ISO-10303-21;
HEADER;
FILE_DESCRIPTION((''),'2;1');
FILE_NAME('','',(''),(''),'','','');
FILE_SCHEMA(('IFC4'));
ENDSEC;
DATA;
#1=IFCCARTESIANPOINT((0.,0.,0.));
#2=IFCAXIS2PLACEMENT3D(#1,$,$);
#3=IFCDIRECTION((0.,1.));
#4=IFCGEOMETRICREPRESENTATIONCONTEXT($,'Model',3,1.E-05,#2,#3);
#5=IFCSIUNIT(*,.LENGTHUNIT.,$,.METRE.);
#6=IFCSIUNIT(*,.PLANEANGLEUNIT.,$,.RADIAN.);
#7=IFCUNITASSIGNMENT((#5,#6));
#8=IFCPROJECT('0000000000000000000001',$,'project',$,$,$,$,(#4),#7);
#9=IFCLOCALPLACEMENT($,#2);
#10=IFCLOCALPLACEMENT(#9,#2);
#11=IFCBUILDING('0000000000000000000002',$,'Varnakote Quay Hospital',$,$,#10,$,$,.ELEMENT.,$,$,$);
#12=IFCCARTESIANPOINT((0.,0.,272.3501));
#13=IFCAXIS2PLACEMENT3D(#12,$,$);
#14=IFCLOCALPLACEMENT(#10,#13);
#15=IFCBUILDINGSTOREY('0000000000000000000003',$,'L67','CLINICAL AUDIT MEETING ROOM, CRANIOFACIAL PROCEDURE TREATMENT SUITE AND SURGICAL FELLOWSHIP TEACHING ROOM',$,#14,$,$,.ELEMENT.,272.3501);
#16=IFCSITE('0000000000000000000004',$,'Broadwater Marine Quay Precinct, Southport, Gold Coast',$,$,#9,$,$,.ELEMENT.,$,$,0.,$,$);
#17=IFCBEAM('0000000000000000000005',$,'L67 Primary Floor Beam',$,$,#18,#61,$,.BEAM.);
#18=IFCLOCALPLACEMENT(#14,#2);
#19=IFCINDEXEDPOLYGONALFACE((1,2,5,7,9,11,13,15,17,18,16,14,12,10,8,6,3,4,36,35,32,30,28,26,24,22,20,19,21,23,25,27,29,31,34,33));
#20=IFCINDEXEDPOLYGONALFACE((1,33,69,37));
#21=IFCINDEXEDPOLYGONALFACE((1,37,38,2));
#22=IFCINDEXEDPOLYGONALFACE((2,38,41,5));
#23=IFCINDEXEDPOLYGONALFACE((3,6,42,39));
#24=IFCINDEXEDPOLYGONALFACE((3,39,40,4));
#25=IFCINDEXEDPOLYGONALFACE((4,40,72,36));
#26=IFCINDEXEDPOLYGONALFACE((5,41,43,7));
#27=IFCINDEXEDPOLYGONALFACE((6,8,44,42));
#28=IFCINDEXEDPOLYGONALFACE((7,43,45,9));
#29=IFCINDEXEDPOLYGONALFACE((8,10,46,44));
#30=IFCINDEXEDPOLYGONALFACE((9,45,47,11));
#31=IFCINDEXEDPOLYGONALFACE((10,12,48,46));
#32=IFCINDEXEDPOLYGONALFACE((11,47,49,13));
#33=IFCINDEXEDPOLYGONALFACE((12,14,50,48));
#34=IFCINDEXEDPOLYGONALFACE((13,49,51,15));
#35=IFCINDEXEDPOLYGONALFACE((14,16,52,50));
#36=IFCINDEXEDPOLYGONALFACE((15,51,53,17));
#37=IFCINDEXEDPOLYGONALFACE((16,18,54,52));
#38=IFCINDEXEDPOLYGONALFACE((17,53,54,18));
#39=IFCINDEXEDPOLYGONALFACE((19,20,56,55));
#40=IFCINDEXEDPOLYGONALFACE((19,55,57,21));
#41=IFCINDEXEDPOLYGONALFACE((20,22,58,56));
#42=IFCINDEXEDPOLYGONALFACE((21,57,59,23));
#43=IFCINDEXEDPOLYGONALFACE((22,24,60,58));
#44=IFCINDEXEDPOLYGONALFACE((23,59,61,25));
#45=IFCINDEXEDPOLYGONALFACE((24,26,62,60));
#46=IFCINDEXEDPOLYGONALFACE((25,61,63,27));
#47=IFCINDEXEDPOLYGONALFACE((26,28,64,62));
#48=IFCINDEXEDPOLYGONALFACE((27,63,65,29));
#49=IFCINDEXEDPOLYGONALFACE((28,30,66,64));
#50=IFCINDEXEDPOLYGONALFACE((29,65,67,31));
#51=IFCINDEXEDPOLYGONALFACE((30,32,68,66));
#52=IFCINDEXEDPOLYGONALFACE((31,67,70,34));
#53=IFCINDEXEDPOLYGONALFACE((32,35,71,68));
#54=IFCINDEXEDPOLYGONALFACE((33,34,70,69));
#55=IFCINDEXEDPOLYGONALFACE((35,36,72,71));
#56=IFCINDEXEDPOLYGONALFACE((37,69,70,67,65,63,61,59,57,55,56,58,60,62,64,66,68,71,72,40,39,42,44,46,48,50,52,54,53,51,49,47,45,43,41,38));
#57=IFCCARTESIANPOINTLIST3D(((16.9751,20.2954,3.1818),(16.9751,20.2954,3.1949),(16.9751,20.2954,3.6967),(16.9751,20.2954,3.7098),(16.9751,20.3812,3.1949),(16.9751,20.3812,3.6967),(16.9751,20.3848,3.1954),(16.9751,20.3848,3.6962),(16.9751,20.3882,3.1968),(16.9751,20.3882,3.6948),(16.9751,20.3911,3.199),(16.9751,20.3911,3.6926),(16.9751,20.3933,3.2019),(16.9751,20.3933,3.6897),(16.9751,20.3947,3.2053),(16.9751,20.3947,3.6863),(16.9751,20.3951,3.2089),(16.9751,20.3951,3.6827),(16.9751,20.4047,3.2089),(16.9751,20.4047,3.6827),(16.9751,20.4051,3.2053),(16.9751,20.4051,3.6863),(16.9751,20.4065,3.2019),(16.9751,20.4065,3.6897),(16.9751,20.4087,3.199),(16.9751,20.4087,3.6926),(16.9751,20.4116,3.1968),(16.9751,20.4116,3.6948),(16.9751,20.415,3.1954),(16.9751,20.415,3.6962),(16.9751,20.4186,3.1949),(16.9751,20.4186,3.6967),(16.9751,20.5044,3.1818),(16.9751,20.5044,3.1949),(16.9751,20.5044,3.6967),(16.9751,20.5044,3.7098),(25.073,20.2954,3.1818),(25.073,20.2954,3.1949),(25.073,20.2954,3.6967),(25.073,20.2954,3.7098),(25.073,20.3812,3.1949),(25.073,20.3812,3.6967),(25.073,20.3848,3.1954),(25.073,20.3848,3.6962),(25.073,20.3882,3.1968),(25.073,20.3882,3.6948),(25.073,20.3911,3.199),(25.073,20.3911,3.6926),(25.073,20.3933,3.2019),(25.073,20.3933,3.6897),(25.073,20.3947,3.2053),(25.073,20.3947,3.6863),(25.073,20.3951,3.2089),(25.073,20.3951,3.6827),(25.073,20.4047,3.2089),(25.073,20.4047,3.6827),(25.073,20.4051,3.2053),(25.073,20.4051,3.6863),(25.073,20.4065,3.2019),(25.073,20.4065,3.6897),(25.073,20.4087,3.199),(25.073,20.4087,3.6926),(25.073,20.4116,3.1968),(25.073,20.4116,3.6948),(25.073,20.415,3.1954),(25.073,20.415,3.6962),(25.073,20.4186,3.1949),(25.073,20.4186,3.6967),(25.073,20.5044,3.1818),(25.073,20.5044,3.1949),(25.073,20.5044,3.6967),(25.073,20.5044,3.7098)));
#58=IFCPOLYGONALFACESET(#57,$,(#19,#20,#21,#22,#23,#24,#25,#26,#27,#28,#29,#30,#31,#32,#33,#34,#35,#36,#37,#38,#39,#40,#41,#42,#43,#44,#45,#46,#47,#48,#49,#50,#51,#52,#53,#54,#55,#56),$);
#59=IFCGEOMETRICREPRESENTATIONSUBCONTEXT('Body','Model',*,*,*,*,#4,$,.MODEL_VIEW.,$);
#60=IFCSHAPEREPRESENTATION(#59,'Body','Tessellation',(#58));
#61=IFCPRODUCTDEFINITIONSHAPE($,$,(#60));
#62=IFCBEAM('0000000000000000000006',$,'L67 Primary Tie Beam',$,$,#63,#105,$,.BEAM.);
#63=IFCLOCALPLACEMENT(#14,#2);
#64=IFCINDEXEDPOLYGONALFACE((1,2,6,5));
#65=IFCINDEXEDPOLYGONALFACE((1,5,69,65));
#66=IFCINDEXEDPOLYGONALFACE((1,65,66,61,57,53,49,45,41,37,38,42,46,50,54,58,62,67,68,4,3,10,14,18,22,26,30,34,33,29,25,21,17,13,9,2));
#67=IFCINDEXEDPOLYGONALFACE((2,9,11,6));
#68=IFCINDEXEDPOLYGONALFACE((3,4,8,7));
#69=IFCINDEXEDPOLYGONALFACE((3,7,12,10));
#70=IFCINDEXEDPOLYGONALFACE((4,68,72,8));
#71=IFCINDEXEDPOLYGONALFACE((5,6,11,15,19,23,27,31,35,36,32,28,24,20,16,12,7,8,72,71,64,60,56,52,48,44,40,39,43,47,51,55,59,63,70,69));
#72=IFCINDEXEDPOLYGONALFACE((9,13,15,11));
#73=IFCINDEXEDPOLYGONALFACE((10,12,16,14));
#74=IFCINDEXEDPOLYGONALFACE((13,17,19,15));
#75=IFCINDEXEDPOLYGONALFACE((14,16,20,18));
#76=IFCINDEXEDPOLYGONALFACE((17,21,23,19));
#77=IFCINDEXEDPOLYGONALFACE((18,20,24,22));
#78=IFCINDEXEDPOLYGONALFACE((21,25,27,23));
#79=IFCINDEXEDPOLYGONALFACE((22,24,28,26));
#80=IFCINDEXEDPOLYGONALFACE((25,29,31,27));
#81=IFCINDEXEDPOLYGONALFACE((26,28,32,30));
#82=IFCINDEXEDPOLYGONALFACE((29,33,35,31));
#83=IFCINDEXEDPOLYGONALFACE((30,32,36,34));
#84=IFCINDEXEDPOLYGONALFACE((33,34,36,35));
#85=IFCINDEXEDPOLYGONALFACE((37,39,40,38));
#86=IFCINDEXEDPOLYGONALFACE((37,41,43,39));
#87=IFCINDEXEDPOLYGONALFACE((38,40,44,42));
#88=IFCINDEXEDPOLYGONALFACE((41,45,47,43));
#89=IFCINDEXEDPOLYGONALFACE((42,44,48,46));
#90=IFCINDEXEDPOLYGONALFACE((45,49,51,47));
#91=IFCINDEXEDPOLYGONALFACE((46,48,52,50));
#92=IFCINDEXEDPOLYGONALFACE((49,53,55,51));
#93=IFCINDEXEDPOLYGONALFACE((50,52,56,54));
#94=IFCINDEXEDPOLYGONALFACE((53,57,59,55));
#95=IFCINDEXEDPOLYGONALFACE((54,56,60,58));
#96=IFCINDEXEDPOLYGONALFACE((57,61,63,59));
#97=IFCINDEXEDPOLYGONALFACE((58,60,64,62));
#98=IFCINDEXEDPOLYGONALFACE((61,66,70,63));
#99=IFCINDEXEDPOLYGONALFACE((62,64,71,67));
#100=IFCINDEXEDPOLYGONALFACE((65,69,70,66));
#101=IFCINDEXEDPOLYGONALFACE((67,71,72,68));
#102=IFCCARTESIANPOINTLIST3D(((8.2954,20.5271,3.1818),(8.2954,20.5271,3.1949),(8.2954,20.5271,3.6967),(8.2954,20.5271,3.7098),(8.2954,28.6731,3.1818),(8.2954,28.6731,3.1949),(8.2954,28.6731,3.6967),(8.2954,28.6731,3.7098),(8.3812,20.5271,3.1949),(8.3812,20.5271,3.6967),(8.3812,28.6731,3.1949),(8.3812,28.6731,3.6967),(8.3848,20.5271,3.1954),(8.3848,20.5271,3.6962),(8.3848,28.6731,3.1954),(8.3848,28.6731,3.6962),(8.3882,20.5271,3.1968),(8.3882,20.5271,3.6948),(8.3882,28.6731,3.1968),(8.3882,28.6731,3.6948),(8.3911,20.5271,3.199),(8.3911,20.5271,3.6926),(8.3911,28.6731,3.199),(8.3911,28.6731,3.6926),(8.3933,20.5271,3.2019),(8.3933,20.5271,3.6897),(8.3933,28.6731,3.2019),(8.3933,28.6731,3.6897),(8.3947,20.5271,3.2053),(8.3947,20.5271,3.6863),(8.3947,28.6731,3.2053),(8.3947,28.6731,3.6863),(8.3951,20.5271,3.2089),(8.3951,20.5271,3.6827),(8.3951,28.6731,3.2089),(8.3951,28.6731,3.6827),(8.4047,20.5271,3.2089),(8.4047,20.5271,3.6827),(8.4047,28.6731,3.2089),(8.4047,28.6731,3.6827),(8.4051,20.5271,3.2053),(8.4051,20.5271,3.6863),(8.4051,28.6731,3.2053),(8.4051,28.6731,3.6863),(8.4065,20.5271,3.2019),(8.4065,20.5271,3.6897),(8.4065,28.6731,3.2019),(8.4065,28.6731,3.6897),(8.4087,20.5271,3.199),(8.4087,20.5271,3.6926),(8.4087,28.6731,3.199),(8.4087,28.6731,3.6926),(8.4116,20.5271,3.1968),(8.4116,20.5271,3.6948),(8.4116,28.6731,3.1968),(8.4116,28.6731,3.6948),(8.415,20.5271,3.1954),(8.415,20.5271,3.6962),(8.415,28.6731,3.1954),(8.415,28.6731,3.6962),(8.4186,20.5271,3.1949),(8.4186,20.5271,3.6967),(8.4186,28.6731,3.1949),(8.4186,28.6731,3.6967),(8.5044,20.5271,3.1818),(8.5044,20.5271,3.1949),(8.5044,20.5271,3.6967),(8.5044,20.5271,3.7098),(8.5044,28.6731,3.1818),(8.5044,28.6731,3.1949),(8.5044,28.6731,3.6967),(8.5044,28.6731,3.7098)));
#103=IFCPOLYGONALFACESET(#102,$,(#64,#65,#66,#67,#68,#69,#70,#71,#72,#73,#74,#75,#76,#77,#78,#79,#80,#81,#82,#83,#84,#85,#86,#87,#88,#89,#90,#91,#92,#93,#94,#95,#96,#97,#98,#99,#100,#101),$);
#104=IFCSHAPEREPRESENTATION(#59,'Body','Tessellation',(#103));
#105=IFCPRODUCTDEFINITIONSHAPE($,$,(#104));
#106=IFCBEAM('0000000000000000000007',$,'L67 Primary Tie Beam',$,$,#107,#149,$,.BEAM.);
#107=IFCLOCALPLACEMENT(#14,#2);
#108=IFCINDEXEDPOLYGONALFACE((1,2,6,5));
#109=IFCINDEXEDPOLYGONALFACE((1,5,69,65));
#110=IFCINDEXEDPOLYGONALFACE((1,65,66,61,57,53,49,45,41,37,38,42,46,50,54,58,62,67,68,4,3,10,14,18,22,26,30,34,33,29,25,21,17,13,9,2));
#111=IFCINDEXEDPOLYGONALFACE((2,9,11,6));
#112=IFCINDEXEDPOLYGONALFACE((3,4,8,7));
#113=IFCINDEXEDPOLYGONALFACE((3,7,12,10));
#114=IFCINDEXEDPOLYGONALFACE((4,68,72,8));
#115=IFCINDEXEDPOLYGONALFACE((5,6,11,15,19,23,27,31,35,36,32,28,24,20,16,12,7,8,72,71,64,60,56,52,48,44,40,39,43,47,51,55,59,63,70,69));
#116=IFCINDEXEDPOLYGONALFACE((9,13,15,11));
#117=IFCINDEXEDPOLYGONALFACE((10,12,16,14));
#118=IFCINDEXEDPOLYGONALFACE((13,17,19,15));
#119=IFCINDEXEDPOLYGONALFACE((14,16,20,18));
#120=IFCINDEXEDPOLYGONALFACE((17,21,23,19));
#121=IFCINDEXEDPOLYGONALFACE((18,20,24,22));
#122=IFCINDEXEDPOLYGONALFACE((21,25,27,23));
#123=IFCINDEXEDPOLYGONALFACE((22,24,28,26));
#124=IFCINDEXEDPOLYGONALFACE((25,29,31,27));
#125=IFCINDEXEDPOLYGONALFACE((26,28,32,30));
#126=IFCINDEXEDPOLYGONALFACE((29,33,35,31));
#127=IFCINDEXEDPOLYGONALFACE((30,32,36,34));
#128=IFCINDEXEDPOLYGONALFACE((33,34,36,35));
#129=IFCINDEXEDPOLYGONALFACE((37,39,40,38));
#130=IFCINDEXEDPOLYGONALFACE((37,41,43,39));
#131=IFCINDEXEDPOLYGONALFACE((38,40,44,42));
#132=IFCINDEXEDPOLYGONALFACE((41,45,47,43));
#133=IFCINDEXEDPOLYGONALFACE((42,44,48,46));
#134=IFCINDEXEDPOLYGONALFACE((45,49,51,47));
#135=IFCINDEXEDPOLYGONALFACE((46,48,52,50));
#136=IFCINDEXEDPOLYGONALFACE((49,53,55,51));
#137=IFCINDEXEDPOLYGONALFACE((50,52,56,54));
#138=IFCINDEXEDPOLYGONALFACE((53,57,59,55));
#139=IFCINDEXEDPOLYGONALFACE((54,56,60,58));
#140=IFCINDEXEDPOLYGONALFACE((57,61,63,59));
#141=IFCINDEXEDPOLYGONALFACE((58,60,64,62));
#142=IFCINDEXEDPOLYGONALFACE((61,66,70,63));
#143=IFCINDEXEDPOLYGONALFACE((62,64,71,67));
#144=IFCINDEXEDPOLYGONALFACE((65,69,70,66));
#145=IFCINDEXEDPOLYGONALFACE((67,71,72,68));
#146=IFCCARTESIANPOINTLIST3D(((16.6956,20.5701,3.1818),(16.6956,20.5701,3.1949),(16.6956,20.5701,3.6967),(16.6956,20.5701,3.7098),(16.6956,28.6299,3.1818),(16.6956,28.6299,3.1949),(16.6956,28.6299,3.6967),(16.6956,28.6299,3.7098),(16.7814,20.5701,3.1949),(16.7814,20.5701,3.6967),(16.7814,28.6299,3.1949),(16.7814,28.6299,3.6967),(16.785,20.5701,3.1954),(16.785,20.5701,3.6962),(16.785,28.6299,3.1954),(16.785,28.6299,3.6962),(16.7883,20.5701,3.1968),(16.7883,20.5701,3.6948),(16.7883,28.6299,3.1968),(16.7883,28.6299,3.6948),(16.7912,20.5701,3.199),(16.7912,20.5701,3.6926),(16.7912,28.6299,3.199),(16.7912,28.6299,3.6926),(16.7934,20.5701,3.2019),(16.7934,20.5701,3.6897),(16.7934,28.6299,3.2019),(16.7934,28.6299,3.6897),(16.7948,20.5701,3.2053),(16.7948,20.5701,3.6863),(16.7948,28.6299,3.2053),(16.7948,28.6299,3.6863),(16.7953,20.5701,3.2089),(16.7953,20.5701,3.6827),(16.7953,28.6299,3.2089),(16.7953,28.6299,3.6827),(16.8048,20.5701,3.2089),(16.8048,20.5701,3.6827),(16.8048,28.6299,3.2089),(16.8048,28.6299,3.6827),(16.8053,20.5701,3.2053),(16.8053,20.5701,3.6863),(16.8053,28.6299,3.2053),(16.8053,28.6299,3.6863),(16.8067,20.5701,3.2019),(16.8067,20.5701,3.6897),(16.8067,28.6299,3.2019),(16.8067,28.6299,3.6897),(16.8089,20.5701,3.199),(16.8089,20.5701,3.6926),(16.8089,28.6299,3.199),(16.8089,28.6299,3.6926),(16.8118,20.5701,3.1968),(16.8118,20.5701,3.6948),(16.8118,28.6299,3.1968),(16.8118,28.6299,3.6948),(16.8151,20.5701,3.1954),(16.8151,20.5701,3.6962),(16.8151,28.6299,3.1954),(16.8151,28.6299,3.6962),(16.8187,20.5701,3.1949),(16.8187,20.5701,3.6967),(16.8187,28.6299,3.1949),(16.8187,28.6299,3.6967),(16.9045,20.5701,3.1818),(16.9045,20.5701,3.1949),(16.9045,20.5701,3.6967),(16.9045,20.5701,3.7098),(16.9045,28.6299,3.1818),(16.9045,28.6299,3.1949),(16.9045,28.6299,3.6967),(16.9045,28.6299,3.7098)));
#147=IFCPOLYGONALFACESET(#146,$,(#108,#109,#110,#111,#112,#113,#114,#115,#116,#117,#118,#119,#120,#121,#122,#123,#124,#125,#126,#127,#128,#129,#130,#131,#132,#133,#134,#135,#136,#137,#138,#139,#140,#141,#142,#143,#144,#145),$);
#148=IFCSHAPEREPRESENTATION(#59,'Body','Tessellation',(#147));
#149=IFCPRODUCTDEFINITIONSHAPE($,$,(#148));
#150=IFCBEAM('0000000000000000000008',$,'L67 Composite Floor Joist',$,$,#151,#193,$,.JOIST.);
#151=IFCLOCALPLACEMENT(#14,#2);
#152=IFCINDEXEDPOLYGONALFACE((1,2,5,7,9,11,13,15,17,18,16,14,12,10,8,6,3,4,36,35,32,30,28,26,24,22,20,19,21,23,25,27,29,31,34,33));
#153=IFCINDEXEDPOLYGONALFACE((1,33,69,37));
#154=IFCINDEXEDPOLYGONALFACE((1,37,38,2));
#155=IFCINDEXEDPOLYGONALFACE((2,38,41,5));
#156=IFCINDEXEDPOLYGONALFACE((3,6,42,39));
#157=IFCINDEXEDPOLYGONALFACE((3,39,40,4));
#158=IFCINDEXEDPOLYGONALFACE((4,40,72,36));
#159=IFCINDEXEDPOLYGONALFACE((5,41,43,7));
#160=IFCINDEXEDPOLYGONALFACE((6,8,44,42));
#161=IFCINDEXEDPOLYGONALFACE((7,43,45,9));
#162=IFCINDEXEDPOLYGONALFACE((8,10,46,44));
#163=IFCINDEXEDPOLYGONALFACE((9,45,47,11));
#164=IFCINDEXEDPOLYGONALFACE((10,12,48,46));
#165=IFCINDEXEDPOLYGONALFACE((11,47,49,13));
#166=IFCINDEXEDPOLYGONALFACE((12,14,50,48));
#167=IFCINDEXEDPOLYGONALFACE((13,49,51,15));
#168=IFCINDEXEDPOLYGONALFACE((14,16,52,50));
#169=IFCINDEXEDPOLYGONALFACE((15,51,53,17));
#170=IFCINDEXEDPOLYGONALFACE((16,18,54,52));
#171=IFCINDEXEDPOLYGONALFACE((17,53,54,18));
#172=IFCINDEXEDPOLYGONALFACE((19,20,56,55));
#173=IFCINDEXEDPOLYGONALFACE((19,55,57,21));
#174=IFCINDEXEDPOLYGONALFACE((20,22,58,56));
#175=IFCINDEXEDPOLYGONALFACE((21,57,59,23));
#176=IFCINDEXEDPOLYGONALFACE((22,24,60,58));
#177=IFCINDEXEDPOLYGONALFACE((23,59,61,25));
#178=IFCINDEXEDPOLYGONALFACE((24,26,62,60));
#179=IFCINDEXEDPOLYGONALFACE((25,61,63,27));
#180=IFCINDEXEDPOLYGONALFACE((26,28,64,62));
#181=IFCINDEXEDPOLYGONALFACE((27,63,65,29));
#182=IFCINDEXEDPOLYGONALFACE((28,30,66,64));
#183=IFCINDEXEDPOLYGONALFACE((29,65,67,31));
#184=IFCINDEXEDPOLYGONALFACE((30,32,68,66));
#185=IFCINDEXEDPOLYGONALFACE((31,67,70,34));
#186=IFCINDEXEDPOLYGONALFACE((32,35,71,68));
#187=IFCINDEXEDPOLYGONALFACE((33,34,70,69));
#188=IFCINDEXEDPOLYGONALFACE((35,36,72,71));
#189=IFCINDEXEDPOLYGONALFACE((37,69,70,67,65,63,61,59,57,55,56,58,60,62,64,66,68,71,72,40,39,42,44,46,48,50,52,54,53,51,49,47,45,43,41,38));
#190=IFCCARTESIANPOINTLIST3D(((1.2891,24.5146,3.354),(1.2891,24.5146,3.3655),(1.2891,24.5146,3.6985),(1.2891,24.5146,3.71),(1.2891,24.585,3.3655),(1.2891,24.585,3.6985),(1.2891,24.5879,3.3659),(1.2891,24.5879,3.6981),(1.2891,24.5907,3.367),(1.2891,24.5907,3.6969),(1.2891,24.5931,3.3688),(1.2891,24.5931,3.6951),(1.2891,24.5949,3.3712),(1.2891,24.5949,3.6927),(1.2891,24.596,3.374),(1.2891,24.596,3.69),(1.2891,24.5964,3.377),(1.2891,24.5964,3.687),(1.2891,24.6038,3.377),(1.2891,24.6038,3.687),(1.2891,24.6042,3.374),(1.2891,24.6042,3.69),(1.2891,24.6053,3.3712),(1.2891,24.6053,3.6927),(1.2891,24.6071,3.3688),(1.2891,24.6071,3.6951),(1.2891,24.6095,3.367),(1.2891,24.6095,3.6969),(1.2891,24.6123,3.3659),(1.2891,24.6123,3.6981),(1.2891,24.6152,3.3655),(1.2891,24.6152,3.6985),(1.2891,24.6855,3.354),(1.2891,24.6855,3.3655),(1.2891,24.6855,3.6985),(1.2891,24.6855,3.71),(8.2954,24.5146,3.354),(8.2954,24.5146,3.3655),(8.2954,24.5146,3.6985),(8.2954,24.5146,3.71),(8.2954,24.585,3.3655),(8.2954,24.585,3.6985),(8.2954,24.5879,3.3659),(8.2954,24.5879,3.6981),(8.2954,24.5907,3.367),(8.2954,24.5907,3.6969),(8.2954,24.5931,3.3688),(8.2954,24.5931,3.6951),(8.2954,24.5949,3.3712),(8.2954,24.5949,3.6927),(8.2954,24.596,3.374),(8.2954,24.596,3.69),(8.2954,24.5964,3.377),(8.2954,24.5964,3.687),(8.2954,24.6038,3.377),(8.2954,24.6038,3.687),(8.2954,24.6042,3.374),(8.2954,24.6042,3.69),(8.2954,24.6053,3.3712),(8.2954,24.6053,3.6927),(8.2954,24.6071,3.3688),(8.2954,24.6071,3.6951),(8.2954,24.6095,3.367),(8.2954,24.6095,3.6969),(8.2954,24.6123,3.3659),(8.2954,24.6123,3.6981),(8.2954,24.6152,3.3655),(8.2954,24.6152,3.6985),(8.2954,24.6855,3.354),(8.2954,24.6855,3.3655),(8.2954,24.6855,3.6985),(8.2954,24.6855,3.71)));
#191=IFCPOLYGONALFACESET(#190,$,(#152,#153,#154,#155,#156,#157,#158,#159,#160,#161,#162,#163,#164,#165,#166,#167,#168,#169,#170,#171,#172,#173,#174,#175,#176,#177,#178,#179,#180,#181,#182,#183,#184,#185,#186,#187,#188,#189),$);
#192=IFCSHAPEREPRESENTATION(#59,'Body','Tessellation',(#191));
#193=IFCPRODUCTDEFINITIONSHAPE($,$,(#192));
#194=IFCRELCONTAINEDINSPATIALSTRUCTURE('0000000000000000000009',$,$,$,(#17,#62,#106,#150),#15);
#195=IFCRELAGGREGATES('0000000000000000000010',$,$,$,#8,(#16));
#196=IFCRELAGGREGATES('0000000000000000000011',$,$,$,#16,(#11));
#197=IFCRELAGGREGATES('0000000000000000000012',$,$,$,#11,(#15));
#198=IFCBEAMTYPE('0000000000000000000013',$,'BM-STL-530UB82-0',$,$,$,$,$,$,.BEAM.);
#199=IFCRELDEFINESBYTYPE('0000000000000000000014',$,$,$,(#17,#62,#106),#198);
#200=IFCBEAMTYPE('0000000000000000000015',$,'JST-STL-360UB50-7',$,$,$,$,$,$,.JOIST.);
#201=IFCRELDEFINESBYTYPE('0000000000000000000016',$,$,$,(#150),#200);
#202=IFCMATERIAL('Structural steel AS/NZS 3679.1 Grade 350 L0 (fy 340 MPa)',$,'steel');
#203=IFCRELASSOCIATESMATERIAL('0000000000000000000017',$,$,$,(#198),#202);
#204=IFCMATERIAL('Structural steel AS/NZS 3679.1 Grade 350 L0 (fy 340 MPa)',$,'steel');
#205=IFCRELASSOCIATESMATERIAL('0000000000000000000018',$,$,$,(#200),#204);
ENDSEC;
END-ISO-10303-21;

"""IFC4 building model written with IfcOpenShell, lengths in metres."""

from ifc_helpers import new_model, si_unit, direction, frame, origin, origin_2d, place, context, subcontext, project, spatial, i_section, extrude, material, material_profile, profile_set, type_object, element, save


model = new_model("IFC4")

# Units and contexts
model_context = context("Model", 3, precision=1e-05, world=origin(), true_north=direction((0.0, 1.0)))
body_context = subcontext(model_context, "Body", "Model", "MODEL_VIEW")
ifc_project = project(units=[si_unit("LENGTHUNIT", "METRE"), si_unit("PLANEANGLEUNIT", "RADIAN")], contexts=[model_context])

# Site, building, storey
site_placement = place(None, origin())
site = spatial("IfcSite", under=ifc_project, at=site_placement, Name="Broadwater Marine Quay Precinct, Southport, Gold Coast", CompositionType="ELEMENT", RefElevation=0.0)
building_placement = place(site_placement, origin())
building = spatial("IfcBuilding", under=site, at=building_placement, Name="Varnakote Quay Hospital", CompositionType="ELEMENT")
storey_placement = place(building_placement, frame((0.0, 0.0, 272.3501)))
storey = spatial("IfcBuildingStorey", under=building, at=storey_placement, Name="L67", Description="CLINICAL AUDIT MEETING ROOM, CRANIOFACIAL PROCEDURE TREATMENT SUITE AND SURGICAL FELLOWSHIP TEACHING ROOM", CompositionType="ELEMENT", Elevation=272.3501)

# Beams
ifc_material_1 = material(Name="Structural steel AS/NZS 3679.1 Grade 350 L0 (fy 340 MPa)", Category="steel")
ifc_material_profile_1 = material_profile(ifc_material_1, i_section(OverallWidth=0.209, OverallDepth=0.5281, WebThickness=0.0095, FlangeThickness=0.0132, FilletRadius=0.0139, at=origin_2d()), Name="530UB82.0")
ifc_profile_set_1 = profile_set([ifc_material_profile_1], Name="Structural steel AS/NZS 3679.1 Grade 350 L0 (fy 340 MPa)")
beam_type_1 = type_object("IfcBeamType", Name="BM-STL-530UB82-0", PredefinedType="BEAM", material=ifc_profile_set_1)
for number, where, z_axis, x_axis, name in (
    (1, (16.9751, 20.3999, 3.4458), (1.0, 0.0, 0.0), (0.0, 1.0, 0.0), "L67 Primary Floor Beam"),
):
    element("IfcBeam", number, at=place(storey_placement, frame(where, z_axis=z_axis, x_axis=x_axis)), inside=storey, type_object=beam_type_1, Name=name, PredefinedType="BEAM", context=body_context, shape_type="SweptSolid", body=[
        extrude(i_section(OverallWidth=0.209, OverallDepth=0.5281, WebThickness=0.0095, FlangeThickness=0.0132, FilletRadius=0.0139, at=origin_2d()), origin(), (0.0, 0.0, 1.0), 8.0979),
    ])
beam_1_placement = place(storey_placement, frame((8.3999, 20.5271, 3.4458), z_axis=(0.0, 1.0, 0.0), x_axis=(-1.0, 0.0, 0.0)))
element("IfcBeam", 2, at=beam_1_placement, inside=storey, type_object=beam_type_1, Name="L67 Primary Tie Beam", PredefinedType="BEAM", context=body_context, shape_type="SweptSolid", body=[
    extrude(i_section(OverallWidth=0.209, OverallDepth=0.5281, WebThickness=0.0095, FlangeThickness=0.0132, FilletRadius=0.0139, at=origin_2d()), origin(), (0.0, 0.0, 1.0), 8.146),
])
beam_2_placement = place(storey_placement, frame((16.8, 20.5701, 3.4458), z_axis=(0.0, 1.0, 0.0), x_axis=(-1.0, 0.0, 0.0)))
element("IfcBeam", 3, at=beam_2_placement, inside=storey, type_object=beam_type_1, Name="L67 Primary Tie Beam", PredefinedType="BEAM", context=body_context, shape_type="SweptSolid", body=[
    extrude(i_section(OverallWidth=0.209, OverallDepth=0.5281, WebThickness=0.0095, FlangeThickness=0.0132, FilletRadius=0.0139, at=origin_2d()), origin(), (0.0, 0.0, 1.0), 8.0598),
])
ifc_material_2 = material(Name="Structural steel AS/NZS 3679.1 Grade 350 L0 (fy 340 MPa)", Category="steel")
ifc_material_profile_2 = material_profile(ifc_material_2, i_section(OverallWidth=0.1709, OverallDepth=0.356, WebThickness=0.0073, FlangeThickness=0.0115, FilletRadius=0.0115, at=origin_2d()), Name="360UB50.7")
ifc_profile_set_2 = profile_set([ifc_material_profile_2], Name="Structural steel AS/NZS 3679.1 Grade 350 L0 (fy 340 MPa)")
beam_type_2 = type_object("IfcBeamType", Name="JST-STL-360UB50-7", PredefinedType="JOIST", material=ifc_profile_set_2)
beam_3_placement = place(storey_placement, frame((1.2891, 24.6001, 3.532), z_axis=(1.0, 0.0, 0.0), x_axis=(0.0, 1.0, 0.0)))
element("IfcBeam", 4, at=beam_3_placement, inside=storey, type_object=beam_type_2, Name="L67 Composite Floor Joist", PredefinedType="JOIST", context=body_context, shape_type="SweptSolid", body=[
    extrude(i_section(OverallWidth=0.1709, OverallDepth=0.356, WebThickness=0.0073, FlangeThickness=0.0115, FilletRadius=0.0115, at=origin_2d()), origin(), (0.0, 0.0, 1.0), 7.0063),
])

save(model, "model.ifc")
